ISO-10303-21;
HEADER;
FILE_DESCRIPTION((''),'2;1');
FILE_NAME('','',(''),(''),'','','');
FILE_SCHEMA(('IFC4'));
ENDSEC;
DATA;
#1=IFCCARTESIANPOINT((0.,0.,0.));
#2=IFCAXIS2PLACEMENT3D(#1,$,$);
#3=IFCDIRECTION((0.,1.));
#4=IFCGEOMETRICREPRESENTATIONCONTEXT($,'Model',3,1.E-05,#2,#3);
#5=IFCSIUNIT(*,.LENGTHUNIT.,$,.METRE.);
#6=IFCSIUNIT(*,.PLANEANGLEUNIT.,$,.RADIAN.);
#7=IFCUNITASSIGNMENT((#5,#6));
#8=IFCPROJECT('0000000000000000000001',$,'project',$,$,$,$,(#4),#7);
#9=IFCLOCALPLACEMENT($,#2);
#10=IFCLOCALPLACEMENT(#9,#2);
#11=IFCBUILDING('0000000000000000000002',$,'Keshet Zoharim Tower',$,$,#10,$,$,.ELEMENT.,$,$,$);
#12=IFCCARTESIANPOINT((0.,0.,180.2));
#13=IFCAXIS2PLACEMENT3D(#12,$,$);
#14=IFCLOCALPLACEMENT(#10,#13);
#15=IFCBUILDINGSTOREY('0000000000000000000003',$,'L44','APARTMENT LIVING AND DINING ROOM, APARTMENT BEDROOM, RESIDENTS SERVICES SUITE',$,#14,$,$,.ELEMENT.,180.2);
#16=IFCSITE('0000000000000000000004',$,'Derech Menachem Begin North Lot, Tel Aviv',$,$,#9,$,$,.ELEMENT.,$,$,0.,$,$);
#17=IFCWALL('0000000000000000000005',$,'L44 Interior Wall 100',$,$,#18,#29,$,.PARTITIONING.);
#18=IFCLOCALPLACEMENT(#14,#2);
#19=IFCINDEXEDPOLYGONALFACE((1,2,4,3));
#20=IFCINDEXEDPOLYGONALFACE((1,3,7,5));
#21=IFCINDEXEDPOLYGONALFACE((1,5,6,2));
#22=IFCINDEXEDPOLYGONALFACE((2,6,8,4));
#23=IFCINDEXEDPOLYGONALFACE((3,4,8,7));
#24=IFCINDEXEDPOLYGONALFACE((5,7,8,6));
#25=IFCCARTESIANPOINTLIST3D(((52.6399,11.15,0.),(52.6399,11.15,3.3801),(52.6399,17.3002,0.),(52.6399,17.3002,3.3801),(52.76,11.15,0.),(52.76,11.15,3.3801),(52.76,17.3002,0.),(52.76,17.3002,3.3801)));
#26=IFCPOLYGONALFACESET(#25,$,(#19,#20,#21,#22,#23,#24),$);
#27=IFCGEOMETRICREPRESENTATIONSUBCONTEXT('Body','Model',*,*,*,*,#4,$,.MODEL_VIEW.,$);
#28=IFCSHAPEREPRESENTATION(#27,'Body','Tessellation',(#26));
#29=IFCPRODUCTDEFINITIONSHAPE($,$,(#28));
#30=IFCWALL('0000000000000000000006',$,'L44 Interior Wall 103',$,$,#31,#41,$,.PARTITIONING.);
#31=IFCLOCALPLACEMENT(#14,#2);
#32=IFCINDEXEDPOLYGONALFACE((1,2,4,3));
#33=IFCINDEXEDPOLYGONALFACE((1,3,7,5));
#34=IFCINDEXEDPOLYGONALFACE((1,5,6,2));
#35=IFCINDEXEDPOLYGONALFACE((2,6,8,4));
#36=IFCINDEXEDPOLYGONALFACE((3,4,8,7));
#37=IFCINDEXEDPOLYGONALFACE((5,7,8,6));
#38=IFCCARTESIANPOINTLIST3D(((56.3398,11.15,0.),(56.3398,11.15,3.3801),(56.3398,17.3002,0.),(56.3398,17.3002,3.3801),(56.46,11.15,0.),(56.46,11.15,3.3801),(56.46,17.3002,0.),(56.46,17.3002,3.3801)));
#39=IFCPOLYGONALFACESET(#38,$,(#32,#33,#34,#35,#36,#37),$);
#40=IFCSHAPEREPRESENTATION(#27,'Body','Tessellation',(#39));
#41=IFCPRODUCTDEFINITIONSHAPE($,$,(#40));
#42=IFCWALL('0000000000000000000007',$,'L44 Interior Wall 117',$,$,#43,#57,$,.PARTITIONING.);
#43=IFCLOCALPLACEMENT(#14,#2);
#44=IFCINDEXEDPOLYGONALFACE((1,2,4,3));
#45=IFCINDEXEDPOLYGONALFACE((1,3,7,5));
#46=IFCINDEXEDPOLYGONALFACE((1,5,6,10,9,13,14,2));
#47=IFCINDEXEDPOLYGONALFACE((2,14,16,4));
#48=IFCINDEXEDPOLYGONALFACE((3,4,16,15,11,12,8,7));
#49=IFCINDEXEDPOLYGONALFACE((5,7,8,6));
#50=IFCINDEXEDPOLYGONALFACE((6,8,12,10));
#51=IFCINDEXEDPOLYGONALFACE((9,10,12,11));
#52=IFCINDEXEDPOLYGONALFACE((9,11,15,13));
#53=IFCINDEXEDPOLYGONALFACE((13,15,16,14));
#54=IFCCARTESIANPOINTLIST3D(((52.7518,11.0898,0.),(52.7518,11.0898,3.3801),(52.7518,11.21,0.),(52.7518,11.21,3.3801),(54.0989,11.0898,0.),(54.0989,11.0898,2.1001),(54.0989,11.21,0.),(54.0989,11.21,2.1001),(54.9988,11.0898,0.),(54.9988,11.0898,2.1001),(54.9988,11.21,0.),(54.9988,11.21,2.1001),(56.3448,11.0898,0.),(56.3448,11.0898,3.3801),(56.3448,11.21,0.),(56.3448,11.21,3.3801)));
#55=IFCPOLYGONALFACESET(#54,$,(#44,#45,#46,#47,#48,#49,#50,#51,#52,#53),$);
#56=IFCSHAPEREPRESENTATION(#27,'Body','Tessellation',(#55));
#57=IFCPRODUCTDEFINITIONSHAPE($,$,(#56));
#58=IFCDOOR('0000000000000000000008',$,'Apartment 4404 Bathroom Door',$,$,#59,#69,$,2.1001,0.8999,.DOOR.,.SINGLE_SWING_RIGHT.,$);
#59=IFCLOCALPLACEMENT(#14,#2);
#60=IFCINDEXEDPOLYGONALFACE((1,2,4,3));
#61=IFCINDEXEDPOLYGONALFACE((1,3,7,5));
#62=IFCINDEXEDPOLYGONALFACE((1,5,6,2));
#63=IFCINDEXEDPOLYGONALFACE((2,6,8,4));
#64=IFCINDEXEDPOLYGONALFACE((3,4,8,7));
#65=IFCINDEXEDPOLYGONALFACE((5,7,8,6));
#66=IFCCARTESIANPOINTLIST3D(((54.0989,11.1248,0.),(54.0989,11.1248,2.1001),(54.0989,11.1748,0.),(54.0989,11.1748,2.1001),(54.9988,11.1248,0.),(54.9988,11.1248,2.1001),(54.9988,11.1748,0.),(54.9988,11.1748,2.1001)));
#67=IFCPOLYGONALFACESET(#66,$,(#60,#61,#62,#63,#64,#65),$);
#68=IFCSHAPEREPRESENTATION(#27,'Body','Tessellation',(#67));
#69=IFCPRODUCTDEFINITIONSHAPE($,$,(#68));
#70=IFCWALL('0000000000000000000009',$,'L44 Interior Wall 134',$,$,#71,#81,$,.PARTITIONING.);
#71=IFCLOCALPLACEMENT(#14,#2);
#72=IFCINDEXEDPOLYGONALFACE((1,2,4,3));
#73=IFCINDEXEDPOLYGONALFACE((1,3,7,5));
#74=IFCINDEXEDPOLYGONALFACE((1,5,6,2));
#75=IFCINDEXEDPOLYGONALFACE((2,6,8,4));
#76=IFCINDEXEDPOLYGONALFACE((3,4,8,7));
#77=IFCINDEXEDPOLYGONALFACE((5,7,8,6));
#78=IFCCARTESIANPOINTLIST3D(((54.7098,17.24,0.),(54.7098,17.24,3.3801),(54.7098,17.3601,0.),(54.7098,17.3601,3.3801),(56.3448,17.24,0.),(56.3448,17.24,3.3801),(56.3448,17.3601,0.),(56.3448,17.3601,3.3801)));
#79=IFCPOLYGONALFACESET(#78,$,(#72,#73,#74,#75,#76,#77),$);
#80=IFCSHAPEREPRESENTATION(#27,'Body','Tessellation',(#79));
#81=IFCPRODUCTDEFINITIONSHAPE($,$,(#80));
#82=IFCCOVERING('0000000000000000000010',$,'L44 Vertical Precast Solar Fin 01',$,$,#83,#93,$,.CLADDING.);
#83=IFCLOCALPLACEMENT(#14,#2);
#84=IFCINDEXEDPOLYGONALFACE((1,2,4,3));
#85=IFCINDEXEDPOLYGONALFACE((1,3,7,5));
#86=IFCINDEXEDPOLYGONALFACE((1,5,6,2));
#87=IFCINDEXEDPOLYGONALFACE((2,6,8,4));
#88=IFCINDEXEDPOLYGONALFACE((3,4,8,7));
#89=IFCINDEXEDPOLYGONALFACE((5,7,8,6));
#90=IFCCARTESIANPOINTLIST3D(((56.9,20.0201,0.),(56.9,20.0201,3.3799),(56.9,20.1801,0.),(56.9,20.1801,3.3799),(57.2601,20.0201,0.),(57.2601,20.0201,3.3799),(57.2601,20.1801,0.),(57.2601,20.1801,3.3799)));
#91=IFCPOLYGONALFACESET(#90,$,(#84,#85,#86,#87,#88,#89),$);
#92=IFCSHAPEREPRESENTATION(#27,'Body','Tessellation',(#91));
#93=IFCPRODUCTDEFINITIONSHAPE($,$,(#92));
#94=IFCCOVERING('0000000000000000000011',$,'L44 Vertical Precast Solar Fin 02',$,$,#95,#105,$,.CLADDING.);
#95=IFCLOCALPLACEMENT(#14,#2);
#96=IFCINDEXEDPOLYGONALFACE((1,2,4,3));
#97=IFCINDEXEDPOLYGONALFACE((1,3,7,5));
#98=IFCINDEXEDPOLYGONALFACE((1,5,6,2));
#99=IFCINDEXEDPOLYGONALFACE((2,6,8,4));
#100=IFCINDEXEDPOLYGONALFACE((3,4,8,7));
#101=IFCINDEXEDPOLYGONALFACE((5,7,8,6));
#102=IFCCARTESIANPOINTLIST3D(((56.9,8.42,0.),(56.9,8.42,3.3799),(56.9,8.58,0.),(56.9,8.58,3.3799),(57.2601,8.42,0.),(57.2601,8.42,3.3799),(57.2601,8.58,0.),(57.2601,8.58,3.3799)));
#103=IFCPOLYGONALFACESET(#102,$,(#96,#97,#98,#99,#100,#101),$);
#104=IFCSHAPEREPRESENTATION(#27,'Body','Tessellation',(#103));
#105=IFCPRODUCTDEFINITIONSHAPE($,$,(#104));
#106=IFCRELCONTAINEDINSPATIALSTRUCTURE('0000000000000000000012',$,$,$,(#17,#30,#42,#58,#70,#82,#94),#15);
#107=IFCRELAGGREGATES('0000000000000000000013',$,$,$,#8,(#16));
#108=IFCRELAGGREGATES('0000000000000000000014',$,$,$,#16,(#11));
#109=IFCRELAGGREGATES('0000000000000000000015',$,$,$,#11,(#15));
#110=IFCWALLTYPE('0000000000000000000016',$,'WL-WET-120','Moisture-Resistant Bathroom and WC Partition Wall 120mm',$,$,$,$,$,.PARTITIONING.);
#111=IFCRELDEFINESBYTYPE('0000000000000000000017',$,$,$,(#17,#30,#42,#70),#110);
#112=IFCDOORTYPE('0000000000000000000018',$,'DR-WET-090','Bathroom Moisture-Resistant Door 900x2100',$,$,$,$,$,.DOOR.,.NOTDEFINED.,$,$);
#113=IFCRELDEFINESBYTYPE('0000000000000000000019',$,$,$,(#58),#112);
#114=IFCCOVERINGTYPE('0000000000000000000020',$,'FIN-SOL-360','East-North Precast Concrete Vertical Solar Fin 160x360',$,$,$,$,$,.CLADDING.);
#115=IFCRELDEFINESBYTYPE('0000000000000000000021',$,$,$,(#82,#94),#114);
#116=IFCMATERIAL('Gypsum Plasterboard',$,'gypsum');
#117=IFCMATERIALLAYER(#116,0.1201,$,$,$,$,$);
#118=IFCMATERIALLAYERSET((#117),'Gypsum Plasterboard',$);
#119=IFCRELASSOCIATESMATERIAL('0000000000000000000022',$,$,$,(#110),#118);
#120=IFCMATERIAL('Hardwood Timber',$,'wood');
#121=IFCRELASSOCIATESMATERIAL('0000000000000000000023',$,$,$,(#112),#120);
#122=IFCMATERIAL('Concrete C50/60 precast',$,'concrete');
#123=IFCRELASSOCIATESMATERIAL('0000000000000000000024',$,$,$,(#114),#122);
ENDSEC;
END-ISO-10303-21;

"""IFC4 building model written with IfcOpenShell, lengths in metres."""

from ifc_helpers import new_model, si_unit, direction, frame, frame_2d, origin, origin_2d, place, context, subcontext, project, spatial, rectangle, extrude, material, layer, layer_set, type_object, element, fill, save


model = new_model("IFC4")

# Units and contexts
model_context = context("Model", 3, precision=1e-05, world=origin(), true_north=direction((0.0, 1.0)))
body_context = subcontext(model_context, "Body", "Model", "MODEL_VIEW")
ifc_project = project(units=[si_unit("LENGTHUNIT", "METRE"), si_unit("PLANEANGLEUNIT", "RADIAN")], contexts=[model_context])

# Site, building, storey
site_placement = place(None, origin())
site = spatial("IfcSite", under=ifc_project, at=site_placement, Name="Derech Menachem Begin North Lot, Tel Aviv", CompositionType="ELEMENT", RefElevation=0.0)
building_placement = place(site_placement, origin())
building = spatial("IfcBuilding", under=site, at=building_placement, Name="Keshet Zoharim Tower", CompositionType="ELEMENT")
storey_placement = place(building_placement, frame((0.0, 0.0, 180.2)))
storey = spatial("IfcBuildingStorey", under=building, at=storey_placement, Name="L44", Description="APARTMENT LIVING AND DINING ROOM, APARTMENT BEDROOM, RESIDENTS SERVICES SUITE", CompositionType="ELEMENT", Elevation=180.2)

# Shared definitions
ifc_material_1 = material(Name="Gypsum Plasterboard", Category="gypsum")

# Shared definitions
ifc_material_2 = material(Name="Hardwood Timber", Category="wood")

# Walls
ifc_layer_1 = layer(ifc_material_1, 0.1201)
ifc_layer_set_1 = layer_set([ifc_layer_1], Name="Gypsum Plasterboard")
wall_type_1 = type_object("IfcWallType", Name="WL-WET-120", Description="Moisture-Resistant Bathroom and WC Partition Wall 120mm", PredefinedType="PARTITIONING", material=ifc_layer_set_1)
for number, where, z_axis, x_axis, name in (
    (1, (52.7, 11.1499, 0.0), (0.0, 0.0, 1.0), (0.0, 1.0, 0.0), "L44 Interior Wall 100"),
    (2, (56.3999, 11.1499, 0.0), (0.0, 0.0, 1.0), (0.0, 1.0, 0.0), "L44 Interior Wall 103"),
):
    element("IfcWall", number, at=place(storey_placement, frame(where, z_axis=z_axis, x_axis=x_axis)), inside=storey, type_object=wall_type_1, Name=name, PredefinedType="PARTITIONING", context=body_context, shape_type="SweptSolid", body=[
        extrude(rectangle(XDim=6.1501, YDim=0.1201, at=frame_2d((3.0752, 0.0))), origin(), (0.0, 0.0, 1.0), 3.3801),
    ])

# Wall, opening, door
wall_1_placement = place(storey_placement, frame((52.752, 11.1499, 0.0), z_axis=(0.0, 0.0, 1.0), x_axis=(1.0, 0.0, 0.0)))
wall_1 = element("IfcWall", 3, at=wall_1_placement, inside=storey, type_object=wall_type_1, Name="L44 Interior Wall 117", PredefinedType="PARTITIONING", context=body_context, shape_type="SweptSolid", body=[
    extrude(rectangle(XDim=3.593, YDim=0.1201, at=frame_2d((1.7964, 0.0))), origin(), (0.0, 0.0, 1.0), 3.3801),
])
opening_1_placement = place(wall_1_placement, frame((1.3469, 0.0, 0.0)))
opening_1 = element("IfcOpeningElement", 4, at=opening_1_placement, cuts=wall_1, PredefinedType="OPENING", context=body_context, shape_type="SweptSolid", body=[
    extrude(rectangle(XDim=0.8999, YDim=2.1001, at=frame_2d((0.45, 1.05))), frame((0.0, 0.0701, 0.0), z_axis=(0.0, -1.0, 0.0), x_axis=(1.0, 0.0, 0.0)), (0.0, 0.0, 1.0), 0.1401),
])
door_type_1 = type_object("IfcDoorType", Name="DR-WET-090", Description="Bathroom Moisture-Resistant Door 900x2100", OperationType="NOTDEFINED", PredefinedType="DOOR", material=ifc_material_2)
door_1_placement = place(opening_1_placement, origin())
door_1 = element("IfcDoor", 5, at=door_1_placement, inside=storey, type_object=door_type_1, Name="Apartment 4404 Bathroom Door", OperationType="SINGLE_SWING_RIGHT", OverallHeight=2.1001, OverallWidth=0.8999, PredefinedType="DOOR", context=body_context, shape_type="SweptSolid", body=[
    extrude(rectangle(XDim=0.8999, YDim=2.1001, at=frame_2d((0.45, 1.05))), frame((0.0, 0.0249, 0.0), z_axis=(0.0, -1.0, 0.0), x_axis=(1.0, 0.0, 0.0)), (0.0, 0.0, 1.0), 0.05),
])
fill(opening_1, door_1)

# Wall
wall_2_placement = place(storey_placement, frame((54.71, 17.3, 0.0), z_axis=(0.0, 0.0, 1.0), x_axis=(1.0, 0.0, 0.0)))
element("IfcWall", 6, at=wall_2_placement, inside=storey, type_object=wall_type_1, Name="L44 Interior Wall 134", PredefinedType="PARTITIONING", context=body_context, shape_type="SweptSolid", body=[
    extrude(rectangle(XDim=1.635, YDim=0.1201, at=frame_2d((0.8174, 0.0))), origin(), (0.0, 0.0, 1.0), 3.3801),
])

# Coverings
ifc_material_3 = material(Name="Concrete C50/60 precast", Category="concrete")
covering_type = type_object("IfcCoveringType", Name="FIN-SOL-360", Description="East-North Precast Concrete Vertical Solar Fin 160x360", PredefinedType="CLADDING", material=ifc_material_3)
for number, where, z_axis, x_axis, name in (
    (7, (57.0801, 20.1001, 0.0), (0.0, 0.0, 1.0), (0.0, -1.0, 0.0), "L44 Vertical Precast Solar Fin 01"),
    (8, (57.0801, 8.5, 0.0), (0.0, 0.0, 1.0), (0.0, -1.0, 0.0), "L44 Vertical Precast Solar Fin 02"),
):
    element("IfcCovering", number, at=place(storey_placement, frame(where, z_axis=z_axis, x_axis=x_axis)), inside=storey, type_object=covering_type, Name=name, PredefinedType="CLADDING", context=body_context, shape_type="SweptSolid", body=[
        extrude(rectangle(XDim=0.1599, YDim=0.3601, at=origin_2d()), origin(), (0.0, 0.0, 1.0), 3.3799),
    ])

save(model, "model.ifc")
